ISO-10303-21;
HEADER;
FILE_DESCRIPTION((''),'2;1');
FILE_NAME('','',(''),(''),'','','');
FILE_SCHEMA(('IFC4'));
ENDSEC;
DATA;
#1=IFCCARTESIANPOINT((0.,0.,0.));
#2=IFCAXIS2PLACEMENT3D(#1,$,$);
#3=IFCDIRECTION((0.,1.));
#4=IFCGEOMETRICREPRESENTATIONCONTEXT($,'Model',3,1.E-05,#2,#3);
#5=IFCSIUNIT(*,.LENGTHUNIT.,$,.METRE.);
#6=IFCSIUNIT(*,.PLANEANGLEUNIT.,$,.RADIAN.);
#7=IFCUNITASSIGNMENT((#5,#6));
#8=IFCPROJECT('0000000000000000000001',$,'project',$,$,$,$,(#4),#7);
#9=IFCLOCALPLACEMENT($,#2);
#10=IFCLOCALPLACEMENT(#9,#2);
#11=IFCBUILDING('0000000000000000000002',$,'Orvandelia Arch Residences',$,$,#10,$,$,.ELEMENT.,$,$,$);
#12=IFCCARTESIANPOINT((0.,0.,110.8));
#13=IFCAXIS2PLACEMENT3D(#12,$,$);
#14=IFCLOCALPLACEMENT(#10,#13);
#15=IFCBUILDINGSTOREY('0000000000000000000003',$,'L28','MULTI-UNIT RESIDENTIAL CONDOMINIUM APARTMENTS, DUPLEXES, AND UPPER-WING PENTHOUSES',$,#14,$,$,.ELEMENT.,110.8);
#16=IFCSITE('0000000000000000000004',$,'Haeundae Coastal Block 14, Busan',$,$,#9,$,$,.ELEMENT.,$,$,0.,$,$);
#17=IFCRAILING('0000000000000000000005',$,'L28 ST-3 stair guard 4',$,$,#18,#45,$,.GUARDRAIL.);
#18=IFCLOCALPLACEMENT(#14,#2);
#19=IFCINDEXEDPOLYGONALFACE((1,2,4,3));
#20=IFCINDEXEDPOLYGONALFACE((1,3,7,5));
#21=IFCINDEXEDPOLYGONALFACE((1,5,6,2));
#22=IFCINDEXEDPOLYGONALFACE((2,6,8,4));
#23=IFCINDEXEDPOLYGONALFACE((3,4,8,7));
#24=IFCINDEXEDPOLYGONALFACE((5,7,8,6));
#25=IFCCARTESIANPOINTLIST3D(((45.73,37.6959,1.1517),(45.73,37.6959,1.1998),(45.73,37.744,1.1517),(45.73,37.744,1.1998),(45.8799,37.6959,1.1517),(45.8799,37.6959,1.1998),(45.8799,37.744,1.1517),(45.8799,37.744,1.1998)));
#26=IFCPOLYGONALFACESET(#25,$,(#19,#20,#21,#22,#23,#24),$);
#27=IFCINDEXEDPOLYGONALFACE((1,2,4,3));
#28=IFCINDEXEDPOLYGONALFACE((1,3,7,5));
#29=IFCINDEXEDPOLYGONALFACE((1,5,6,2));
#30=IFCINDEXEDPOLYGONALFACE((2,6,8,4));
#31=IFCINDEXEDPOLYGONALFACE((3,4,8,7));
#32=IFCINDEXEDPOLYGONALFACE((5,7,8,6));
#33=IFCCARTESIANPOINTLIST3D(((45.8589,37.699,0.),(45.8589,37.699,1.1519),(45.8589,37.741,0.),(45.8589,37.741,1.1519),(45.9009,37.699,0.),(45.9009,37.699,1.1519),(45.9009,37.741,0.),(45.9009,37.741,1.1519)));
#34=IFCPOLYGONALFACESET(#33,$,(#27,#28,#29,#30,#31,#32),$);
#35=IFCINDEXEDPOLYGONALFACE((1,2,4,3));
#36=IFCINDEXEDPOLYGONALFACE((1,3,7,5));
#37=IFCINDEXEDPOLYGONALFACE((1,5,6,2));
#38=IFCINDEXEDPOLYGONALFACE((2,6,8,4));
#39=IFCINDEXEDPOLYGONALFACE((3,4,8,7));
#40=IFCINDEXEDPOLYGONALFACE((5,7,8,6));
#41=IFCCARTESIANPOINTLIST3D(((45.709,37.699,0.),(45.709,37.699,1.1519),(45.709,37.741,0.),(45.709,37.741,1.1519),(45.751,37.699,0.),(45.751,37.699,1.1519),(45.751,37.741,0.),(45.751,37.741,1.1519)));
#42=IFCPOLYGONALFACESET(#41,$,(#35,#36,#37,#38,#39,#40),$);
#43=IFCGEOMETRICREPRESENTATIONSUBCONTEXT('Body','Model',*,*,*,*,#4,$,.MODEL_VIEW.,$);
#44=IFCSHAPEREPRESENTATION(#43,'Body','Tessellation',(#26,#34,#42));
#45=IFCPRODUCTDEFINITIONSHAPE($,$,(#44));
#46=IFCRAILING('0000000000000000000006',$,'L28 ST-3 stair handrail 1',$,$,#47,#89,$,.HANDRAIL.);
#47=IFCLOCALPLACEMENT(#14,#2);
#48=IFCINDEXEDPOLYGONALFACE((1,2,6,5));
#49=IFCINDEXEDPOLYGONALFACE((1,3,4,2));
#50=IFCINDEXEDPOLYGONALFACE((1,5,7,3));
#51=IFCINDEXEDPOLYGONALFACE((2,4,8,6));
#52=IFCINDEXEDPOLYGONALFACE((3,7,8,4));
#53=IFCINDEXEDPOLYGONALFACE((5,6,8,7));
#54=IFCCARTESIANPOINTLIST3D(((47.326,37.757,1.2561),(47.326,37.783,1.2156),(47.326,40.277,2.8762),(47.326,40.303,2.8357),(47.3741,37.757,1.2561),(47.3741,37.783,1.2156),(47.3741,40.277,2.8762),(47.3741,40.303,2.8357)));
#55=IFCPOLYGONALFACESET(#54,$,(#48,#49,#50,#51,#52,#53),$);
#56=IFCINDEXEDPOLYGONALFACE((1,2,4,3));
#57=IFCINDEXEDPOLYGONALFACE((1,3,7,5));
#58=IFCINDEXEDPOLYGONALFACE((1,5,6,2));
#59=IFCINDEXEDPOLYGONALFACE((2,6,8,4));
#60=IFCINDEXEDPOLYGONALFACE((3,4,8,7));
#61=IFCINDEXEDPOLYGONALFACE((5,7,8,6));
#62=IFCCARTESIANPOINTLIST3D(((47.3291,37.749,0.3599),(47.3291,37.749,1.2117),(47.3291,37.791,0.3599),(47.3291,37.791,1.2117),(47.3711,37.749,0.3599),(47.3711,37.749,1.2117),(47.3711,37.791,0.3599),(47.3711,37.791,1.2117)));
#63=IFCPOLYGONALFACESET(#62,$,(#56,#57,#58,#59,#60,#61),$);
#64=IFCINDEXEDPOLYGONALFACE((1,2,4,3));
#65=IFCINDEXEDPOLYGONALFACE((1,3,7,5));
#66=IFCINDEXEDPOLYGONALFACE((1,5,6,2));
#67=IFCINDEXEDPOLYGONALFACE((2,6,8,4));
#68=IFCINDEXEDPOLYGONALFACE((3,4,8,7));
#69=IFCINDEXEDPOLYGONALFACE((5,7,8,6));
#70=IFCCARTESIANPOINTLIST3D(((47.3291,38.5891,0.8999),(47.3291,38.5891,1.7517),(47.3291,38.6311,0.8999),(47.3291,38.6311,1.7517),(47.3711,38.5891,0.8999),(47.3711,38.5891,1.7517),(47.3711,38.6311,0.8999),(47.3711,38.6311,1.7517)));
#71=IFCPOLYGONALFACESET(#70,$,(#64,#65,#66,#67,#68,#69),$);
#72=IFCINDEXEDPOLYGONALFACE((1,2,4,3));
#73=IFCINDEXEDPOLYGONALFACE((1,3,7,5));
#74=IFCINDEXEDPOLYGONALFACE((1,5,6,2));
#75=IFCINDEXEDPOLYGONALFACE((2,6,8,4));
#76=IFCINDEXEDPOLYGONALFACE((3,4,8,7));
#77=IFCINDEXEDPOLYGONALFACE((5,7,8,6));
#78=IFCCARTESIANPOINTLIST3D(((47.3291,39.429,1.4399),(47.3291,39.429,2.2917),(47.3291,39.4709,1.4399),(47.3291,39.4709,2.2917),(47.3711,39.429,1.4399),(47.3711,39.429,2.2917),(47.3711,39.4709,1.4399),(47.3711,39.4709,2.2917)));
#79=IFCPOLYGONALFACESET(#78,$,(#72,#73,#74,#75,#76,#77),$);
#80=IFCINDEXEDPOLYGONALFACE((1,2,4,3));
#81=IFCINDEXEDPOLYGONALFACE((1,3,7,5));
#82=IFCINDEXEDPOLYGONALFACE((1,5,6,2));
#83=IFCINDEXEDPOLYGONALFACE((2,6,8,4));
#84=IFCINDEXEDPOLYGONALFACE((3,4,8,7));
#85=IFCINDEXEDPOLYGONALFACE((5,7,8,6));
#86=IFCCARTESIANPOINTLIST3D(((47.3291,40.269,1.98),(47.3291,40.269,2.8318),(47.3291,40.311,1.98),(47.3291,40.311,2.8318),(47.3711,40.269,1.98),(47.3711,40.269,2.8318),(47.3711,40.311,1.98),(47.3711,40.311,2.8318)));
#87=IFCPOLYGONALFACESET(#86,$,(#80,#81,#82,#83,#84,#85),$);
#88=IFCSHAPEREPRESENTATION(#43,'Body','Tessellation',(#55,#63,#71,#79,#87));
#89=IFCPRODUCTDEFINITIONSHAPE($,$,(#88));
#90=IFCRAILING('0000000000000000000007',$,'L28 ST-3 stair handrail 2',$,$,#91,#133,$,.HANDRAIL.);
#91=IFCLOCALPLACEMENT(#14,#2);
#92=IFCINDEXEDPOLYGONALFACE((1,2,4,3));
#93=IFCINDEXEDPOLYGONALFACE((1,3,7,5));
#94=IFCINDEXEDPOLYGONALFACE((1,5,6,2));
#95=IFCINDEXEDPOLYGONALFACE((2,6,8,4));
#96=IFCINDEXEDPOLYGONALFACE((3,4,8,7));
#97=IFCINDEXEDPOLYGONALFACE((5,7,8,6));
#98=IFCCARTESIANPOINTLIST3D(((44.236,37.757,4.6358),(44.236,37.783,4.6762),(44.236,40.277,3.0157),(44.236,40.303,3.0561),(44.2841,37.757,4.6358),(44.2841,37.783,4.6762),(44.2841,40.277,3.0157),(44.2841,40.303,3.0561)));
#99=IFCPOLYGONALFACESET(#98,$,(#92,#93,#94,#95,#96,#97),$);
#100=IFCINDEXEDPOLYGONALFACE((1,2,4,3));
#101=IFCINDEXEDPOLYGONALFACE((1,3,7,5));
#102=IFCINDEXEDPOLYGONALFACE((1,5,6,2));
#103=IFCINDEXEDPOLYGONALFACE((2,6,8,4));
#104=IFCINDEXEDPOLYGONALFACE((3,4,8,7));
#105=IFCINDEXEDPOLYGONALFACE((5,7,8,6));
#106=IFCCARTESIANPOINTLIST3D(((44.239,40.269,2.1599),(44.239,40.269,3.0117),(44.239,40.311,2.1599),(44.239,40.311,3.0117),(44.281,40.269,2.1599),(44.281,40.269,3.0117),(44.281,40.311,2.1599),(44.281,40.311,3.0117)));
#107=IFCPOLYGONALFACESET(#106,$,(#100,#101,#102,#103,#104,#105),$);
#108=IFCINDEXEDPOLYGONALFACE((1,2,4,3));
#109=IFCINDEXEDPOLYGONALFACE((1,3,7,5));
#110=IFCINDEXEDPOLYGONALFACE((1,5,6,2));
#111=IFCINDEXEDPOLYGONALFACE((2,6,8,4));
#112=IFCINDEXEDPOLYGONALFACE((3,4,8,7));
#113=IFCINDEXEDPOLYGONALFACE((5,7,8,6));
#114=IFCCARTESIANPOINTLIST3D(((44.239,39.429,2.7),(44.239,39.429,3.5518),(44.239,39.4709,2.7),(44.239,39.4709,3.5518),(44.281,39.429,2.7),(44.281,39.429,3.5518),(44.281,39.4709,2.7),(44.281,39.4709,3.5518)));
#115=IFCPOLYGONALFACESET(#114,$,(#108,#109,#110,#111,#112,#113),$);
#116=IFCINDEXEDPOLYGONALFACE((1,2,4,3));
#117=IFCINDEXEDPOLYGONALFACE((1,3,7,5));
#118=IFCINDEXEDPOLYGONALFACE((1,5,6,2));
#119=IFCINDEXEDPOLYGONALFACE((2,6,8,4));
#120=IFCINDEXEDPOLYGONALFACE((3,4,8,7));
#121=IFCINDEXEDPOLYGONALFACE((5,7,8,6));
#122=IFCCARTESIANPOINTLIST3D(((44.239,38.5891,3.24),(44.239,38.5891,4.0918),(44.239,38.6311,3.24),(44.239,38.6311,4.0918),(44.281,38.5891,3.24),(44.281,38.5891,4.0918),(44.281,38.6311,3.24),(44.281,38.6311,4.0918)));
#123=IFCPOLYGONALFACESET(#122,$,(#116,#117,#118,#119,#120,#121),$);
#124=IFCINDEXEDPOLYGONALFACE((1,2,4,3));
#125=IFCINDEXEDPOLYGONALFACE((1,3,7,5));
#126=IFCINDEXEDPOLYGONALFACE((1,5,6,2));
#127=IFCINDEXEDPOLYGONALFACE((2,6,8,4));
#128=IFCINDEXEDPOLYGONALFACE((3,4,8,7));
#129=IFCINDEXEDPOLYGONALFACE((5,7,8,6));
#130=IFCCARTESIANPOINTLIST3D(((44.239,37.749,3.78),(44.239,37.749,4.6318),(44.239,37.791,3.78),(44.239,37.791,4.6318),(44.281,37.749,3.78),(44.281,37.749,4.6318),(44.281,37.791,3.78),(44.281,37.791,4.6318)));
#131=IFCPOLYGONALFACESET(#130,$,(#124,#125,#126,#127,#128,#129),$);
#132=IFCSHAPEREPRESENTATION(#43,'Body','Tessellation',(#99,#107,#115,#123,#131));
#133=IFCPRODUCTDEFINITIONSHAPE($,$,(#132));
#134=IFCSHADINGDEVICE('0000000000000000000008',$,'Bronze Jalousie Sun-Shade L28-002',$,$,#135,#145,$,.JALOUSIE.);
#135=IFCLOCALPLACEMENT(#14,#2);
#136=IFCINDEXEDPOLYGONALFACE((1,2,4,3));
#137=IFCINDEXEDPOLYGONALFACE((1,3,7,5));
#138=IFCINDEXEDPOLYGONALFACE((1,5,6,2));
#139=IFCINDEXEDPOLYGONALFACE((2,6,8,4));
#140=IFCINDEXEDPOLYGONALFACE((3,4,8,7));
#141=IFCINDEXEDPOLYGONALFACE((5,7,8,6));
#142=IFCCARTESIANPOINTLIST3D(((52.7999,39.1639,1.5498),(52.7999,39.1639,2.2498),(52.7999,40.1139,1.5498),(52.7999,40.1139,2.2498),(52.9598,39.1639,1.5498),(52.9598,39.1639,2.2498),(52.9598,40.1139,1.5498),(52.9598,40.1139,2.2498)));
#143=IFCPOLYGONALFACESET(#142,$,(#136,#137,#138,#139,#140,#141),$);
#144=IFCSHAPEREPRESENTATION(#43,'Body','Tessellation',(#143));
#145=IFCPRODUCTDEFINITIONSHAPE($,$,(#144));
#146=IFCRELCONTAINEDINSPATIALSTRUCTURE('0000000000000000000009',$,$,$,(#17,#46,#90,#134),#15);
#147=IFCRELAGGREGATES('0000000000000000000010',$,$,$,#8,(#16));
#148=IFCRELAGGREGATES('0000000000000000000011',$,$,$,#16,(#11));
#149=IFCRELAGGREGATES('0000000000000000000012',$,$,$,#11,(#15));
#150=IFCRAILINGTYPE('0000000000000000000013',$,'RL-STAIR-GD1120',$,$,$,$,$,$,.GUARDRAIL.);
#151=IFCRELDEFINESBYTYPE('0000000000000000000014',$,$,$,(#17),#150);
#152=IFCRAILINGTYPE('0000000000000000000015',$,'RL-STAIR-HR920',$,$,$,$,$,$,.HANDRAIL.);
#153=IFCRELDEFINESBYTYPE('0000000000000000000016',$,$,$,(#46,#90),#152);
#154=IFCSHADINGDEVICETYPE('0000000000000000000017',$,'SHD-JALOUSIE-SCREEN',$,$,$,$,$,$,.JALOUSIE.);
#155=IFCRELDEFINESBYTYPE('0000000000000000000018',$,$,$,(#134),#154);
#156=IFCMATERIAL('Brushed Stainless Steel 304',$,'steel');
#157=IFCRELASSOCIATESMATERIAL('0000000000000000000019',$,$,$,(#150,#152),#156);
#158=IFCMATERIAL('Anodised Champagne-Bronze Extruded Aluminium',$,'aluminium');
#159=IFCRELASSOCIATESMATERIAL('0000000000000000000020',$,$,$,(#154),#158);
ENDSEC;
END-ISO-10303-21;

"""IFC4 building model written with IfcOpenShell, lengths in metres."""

from ifc_helpers import new_model, si_unit, direction, frame, origin, origin_2d, place, context, subcontext, project, spatial, rectangle, extrude, material, type_object, element, save


model = new_model("IFC4")

# Units and contexts
model_context = context("Model", 3, precision=1e-05, world=origin(), true_north=direction((0.0, 1.0)))
body_context = subcontext(model_context, "Body", "Model", "MODEL_VIEW")
ifc_project = project(units=[si_unit("LENGTHUNIT", "METRE"), si_unit("PLANEANGLEUNIT", "RADIAN")], contexts=[model_context])

# Site, building, storey
site_placement = place(None, origin())
site = spatial("IfcSite", under=ifc_project, at=site_placement, Name="Haeundae Coastal Block 14, Busan", CompositionType="ELEMENT", RefElevation=0.0)
building_placement = place(site_placement, origin())
building = spatial("IfcBuilding", under=site, at=building_placement, Name="Orvandelia Arch Residences", CompositionType="ELEMENT")
storey_placement = place(building_placement, frame((0.0, 0.0, 110.8)))
storey = spatial("IfcBuildingStorey", under=building, at=storey_placement, Name="L28", Description="MULTI-UNIT RESIDENTIAL CONDOMINIUM APARTMENTS, DUPLEXES, AND UPPER-WING PENTHOUSES", CompositionType="ELEMENT", Elevation=110.8)

# Railings
ifc_material_1 = material(Name="Brushed Stainless Steel 304", Category="steel")
railing_type_1 = type_object("IfcRailingType", Name="RL-STAIR-GD1120", PredefinedType="GUARDRAIL", material=ifc_material_1)
railing_1_placement = place(storey_placement, frame((45.8799, 37.72, 0.0)))
element("IfcRailing", 1, at=railing_1_placement, inside=storey, type_object=railing_type_1, Name="L28 ST-3 stair guard 4", PredefinedType="GUARDRAIL", context=body_context, shape_type="SweptSolid", body=[
    extrude(rectangle(XDim=0.0481, YDim=0.0481, at=origin_2d()), frame((0.0, 0.0, 1.1758), z_axis=(-1.0, 0.0, 0.0), x_axis=(0.0, -1.0, 0.0)), (0.0, 0.0, 1.0), 0.1499),
    extrude(rectangle(XDim=0.042, YDim=0.042, at=origin_2d()), origin(), (0.0, 0.0, 1.0), 1.1519),
    extrude(rectangle(XDim=0.042, YDim=0.042, at=origin_2d()), frame((-0.1499, 0.0, 0.0)), (0.0, 0.0, 1.0), 1.1519),
])
railing_type_2 = type_object("IfcRailingType", Name="RL-STAIR-HR920", PredefinedType="HANDRAIL", material=ifc_material_1)
railing_2_placement = place(storey_placement, frame((47.3501, 37.77, 0.3599)))
element("IfcRailing", 2, at=railing_2_placement, inside=storey, type_object=railing_type_2, Name="L28 ST-3 stair handrail 1", PredefinedType="HANDRAIL", context=body_context, shape_type="SweptSolid", body=[
    extrude(rectangle(XDim=0.0481, YDim=0.0481, at=origin_2d()), frame((0.0, 0.0, 0.876), z_axis=(0.0, 0.841163, 0.540782), x_axis=(-1.0, 0.0, 0.0)), (0.0, 0.0, 1.0), 2.9958),
    extrude(rectangle(XDim=0.042, YDim=0.042, at=origin_2d()), origin(), (0.0, 0.0, 1.0), 0.8518),
    extrude(rectangle(XDim=0.042, YDim=0.042, at=origin_2d()), frame((0.0, 0.8401, 0.54)), (0.0, 0.0, 1.0), 0.8518),
    extrude(rectangle(XDim=0.042, YDim=0.042, at=origin_2d()), frame((0.0, 1.6799, 1.0801)), (0.0, 0.0, 1.0), 0.8518),
    extrude(rectangle(XDim=0.042, YDim=0.042, at=origin_2d()), frame((0.0, 2.52, 1.6201)), (0.0, 0.0, 1.0), 0.8518),
])
railing_3_placement = place(storey_placement, frame((44.26, 40.29, 2.1599)))
element("IfcRailing", 3, at=railing_3_placement, inside=storey, type_object=railing_type_2, Name="L28 ST-3 stair handrail 2", PredefinedType="HANDRAIL", context=body_context, shape_type="SweptSolid", body=[
    extrude(rectangle(XDim=0.0481, YDim=0.0481, at=origin_2d()), frame((0.0, 0.0, 0.876), z_axis=(0.0, -0.841163, 0.540782), x_axis=(1.0, 0.0, 0.0)), (0.0, 0.0, 1.0), 2.9958),
    extrude(rectangle(XDim=0.042, YDim=0.042, at=origin_2d()), origin(), (0.0, 0.0, 1.0), 0.8518),
    extrude(rectangle(XDim=0.042, YDim=0.042, at=origin_2d()), frame((0.0, -0.8401, 0.54)), (0.0, 0.0, 1.0), 0.8518),
    extrude(rectangle(XDim=0.042, YDim=0.042, at=origin_2d()), frame((0.0, -1.6799, 1.0801)), (0.0, 0.0, 1.0), 0.8518),
    extrude(rectangle(XDim=0.042, YDim=0.042, at=origin_2d()), frame((0.0, -2.52, 1.6201)), (0.0, 0.0, 1.0), 0.8518),
])

# Shading device
ifc_material_2 = material(Name="Anodised Champagne-Bronze Extruded Aluminium", Category="aluminium")
shading_device_type = type_object("IfcShadingDeviceType", Name="SHD-JALOUSIE-SCREEN", PredefinedType="JALOUSIE", material=ifc_material_2)
shading_device_placement = place(storey_placement, frame((52.8799, 39.6389, 1.5498), z_axis=(0.0, 0.0, 1.0), x_axis=(0.0, -1.0, 0.0)))
element("IfcShadingDevice", 4, at=shading_device_placement, inside=storey, type_object=shading_device_type, Name="Bronze Jalousie Sun-Shade L28-002", PredefinedType="JALOUSIE", context=body_context, shape_type="SweptSolid", body=[
    extrude(rectangle(XDim=0.95, YDim=0.1599, at=origin_2d()), origin(), (0.0, 0.0, 1.0), 0.7),
])

save(model, "model.ifc")
